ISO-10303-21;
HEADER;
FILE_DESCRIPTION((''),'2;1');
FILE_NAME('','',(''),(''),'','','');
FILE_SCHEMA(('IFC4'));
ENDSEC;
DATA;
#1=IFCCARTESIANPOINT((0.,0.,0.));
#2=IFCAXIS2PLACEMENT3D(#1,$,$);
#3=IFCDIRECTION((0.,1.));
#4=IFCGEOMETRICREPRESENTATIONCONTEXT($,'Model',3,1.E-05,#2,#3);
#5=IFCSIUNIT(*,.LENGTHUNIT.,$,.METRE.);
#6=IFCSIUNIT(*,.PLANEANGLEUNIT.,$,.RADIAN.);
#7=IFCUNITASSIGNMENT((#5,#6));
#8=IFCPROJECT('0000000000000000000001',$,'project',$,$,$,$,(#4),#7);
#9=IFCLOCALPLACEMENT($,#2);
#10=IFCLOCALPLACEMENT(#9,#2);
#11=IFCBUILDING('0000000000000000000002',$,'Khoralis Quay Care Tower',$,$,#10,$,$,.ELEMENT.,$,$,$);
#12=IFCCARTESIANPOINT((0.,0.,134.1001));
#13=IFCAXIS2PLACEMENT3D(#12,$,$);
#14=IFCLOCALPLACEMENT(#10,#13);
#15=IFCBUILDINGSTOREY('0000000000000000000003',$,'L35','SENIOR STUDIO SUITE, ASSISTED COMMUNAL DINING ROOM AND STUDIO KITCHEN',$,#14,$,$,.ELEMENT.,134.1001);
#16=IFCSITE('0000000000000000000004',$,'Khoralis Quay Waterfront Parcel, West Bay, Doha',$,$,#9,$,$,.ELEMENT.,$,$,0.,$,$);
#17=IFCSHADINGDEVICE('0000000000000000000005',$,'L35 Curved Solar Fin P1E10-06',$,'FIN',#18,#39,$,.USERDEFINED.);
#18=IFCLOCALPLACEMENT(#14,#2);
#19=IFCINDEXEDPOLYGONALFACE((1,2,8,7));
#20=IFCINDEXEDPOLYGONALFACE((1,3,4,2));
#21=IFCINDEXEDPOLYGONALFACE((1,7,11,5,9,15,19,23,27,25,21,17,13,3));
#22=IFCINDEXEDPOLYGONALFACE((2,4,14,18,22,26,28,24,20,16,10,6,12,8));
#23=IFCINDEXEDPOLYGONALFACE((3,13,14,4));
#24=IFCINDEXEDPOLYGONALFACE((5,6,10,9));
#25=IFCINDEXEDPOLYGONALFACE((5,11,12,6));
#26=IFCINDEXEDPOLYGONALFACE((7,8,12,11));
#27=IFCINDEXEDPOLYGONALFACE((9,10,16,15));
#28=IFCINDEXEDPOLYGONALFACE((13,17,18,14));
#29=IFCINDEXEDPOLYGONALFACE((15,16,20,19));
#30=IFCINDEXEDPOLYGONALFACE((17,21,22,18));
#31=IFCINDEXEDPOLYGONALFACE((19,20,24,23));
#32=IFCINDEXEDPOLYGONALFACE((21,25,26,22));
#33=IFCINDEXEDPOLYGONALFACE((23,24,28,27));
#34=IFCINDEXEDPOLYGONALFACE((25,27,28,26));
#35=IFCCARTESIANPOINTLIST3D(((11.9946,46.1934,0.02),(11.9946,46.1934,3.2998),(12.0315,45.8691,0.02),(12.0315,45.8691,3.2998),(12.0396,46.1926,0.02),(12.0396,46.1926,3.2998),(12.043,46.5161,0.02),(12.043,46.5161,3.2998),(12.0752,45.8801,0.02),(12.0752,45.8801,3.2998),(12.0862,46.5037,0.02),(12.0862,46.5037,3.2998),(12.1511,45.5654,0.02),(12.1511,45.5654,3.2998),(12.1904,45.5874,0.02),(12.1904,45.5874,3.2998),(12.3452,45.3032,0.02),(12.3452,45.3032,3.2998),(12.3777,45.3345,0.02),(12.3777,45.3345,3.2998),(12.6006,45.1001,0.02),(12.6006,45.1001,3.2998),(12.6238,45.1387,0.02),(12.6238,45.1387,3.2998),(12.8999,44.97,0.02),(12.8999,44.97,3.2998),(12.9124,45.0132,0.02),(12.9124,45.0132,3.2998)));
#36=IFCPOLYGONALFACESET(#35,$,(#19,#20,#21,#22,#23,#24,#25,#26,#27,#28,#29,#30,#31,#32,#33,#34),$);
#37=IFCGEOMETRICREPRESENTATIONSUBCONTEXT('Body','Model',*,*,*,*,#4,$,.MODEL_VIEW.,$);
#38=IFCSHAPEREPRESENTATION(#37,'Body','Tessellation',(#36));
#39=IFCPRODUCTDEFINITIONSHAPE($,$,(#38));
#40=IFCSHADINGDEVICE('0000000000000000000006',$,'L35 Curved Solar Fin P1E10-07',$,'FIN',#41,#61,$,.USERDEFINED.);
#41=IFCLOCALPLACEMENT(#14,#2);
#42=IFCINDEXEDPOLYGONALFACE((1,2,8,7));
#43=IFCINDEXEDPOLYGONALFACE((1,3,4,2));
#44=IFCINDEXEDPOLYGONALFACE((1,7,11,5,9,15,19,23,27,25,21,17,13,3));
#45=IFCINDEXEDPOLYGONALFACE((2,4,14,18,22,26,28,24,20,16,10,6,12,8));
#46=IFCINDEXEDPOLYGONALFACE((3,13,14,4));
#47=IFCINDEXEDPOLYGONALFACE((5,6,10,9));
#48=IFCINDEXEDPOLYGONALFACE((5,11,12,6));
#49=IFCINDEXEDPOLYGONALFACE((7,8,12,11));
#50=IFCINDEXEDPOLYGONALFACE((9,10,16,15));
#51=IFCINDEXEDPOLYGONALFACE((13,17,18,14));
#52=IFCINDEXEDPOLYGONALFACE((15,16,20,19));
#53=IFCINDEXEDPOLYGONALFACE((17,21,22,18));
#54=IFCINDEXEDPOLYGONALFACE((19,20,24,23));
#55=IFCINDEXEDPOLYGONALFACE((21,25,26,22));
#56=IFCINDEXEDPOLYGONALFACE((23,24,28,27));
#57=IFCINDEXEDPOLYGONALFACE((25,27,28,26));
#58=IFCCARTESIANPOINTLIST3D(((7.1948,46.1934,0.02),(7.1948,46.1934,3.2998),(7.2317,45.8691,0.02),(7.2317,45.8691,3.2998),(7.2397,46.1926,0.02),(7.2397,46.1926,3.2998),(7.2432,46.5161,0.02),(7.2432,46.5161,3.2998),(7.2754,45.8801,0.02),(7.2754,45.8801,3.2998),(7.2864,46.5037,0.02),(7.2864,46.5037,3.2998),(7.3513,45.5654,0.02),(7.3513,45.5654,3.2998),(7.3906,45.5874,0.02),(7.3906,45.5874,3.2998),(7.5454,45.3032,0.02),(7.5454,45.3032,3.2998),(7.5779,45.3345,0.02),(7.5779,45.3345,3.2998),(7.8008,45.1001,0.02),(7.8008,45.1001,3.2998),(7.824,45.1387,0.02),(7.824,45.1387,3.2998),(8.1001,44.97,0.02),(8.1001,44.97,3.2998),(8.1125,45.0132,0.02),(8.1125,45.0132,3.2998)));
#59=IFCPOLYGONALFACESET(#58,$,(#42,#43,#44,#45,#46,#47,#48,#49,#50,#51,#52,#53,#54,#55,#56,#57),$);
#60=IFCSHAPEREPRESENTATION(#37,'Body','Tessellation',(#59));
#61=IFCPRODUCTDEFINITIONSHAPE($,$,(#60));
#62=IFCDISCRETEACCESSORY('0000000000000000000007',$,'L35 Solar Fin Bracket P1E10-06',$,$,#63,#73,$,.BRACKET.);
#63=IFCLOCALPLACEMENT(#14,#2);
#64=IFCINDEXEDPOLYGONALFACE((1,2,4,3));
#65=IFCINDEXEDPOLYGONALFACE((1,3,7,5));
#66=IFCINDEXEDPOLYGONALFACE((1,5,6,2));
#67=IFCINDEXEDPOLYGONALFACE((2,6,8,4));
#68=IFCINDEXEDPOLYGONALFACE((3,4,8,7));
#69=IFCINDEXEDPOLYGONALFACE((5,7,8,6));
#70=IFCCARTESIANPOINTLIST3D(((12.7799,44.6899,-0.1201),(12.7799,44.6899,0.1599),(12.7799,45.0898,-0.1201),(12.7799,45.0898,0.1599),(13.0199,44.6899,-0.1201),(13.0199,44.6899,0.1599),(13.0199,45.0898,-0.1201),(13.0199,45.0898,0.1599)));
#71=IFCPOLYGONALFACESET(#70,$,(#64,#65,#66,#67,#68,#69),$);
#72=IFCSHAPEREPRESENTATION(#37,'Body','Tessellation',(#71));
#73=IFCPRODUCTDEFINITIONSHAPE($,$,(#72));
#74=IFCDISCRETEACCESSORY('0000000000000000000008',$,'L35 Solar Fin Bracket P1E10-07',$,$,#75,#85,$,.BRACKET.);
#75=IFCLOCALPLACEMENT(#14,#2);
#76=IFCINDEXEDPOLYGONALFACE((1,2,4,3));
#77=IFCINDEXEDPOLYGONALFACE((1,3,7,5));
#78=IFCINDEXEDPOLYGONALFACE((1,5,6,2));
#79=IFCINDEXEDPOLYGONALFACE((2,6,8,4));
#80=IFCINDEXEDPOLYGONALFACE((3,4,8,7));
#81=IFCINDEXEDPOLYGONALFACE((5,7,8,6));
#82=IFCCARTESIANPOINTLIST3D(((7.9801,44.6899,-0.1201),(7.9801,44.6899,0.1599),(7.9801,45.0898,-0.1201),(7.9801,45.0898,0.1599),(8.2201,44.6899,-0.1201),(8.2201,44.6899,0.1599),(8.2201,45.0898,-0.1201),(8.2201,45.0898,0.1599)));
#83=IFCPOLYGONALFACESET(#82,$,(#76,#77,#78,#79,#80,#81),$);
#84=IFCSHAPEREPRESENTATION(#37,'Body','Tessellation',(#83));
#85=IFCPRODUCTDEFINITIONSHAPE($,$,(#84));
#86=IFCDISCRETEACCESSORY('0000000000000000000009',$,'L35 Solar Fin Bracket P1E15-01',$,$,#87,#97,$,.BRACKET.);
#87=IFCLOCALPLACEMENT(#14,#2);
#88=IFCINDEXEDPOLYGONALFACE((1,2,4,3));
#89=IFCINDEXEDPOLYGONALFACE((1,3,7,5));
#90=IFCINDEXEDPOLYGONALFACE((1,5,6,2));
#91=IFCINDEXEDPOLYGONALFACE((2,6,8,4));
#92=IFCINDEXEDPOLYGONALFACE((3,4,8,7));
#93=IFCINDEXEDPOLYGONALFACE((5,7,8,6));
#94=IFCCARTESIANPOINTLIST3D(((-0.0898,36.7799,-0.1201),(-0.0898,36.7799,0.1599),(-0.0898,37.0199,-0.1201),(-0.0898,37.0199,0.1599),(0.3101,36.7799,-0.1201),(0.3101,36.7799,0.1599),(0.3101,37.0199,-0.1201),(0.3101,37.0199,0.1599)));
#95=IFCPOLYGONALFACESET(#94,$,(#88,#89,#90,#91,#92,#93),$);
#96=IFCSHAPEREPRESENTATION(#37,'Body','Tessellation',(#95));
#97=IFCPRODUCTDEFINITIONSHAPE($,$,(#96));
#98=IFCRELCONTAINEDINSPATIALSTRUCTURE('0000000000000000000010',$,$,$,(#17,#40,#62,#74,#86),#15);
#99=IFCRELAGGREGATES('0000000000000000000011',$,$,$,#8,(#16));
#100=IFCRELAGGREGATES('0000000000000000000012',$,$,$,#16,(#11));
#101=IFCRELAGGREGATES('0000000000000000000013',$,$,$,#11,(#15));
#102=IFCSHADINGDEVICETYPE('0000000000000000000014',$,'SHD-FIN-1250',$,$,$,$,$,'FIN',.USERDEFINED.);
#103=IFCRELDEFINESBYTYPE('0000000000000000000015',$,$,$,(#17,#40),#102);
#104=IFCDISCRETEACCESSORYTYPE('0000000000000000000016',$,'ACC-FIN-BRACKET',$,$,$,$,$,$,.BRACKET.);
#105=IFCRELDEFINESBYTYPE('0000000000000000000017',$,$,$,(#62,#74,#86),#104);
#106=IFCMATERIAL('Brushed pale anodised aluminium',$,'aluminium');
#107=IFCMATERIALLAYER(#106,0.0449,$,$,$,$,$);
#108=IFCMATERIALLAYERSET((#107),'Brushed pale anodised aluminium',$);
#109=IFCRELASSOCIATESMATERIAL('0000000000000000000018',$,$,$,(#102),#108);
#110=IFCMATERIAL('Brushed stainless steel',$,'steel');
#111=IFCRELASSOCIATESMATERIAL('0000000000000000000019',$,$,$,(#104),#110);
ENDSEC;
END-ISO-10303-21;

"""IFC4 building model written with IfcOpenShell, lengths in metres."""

from ifc_helpers import new_model, si_unit, direction, frame, origin, origin_2d, place, context, subcontext, project, spatial, polyline, rectangle, outline, extrude, source, transform, mapped, material, layer, layer_set, type_object, element, save


model = new_model("IFC4")

# Units and contexts
model_context = context("Model", 3, precision=1e-05, world=origin(), true_north=direction((0.0, 1.0)))
body_context = subcontext(model_context, "Body", "Model", "MODEL_VIEW")
ifc_project = project(units=[si_unit("LENGTHUNIT", "METRE"), si_unit("PLANEANGLEUNIT", "RADIAN")], contexts=[model_context])

# Site, building, storey
site_placement = place(None, origin())
site = spatial("IfcSite", under=ifc_project, at=site_placement, Name="Khoralis Quay Waterfront Parcel, West Bay, Doha", CompositionType="ELEMENT", RefElevation=0.0)
building_placement = place(site_placement, origin())
building = spatial("IfcBuilding", under=site, at=building_placement, Name="Khoralis Quay Care Tower", CompositionType="ELEMENT")
storey_placement = place(building_placement, frame((0.0, 0.0, 134.1001)))
storey = spatial("IfcBuildingStorey", under=building, at=storey_placement, Name="L35", Description="SENIOR STUDIO SUITE, ASSISTED COMMUNAL DINING ROOM AND STUDIO KITCHEN", CompositionType="ELEMENT", Elevation=134.1001)

# Shading devices
ifc_material_1 = material(Name="Brushed pale anodised aluminium", Category="aluminium")
ifc_layer_1 = layer(ifc_material_1, 0.0449)
ifc_layer_set_1 = layer_set([ifc_layer_1], Name="Brushed pale anodised aluminium")
shading_device_type = type_object("IfcShadingDeviceType", Name="SHD-FIN-1250", ElementType="FIN", PredefinedType="USERDEFINED", material=ifc_layer_set_1)
shared_shape_1 = source(origin(), body_context, "Body", "SweptSolid", [
    extrude(outline(polyline([(0.0, 0.0), (0.1301, 0.2993), (0.3333, 0.5547), (0.5955, 0.7488), (0.8992, 0.8684), (1.2234, 0.9053), (1.5461, 0.8569), (1.5337, 0.8137), (1.2227, 0.8604), (0.9102, 0.8247), (0.6174, 0.7095), (0.3645, 0.5222), (0.1687, 0.2761), (0.0432, -0.0125), (0.0, 0.0)])), origin(), (0.0, 0.0, 1.0), 3.2798),
])
for number, where, z_axis, x_axis, name in (
    (1, (12.8999, 44.97, 0.02), (0.0, 0.0, 1.0), (0.0, 1.0, 0.0), "L35 Curved Solar Fin P1E10-06"),
    (2, (8.1001, 44.97, 0.02), (0.0, 0.0, 1.0), (0.0, 1.0, 0.0), "L35 Curved Solar Fin P1E10-07"),
):
    element("IfcShadingDevice", number, at=place(storey_placement, frame(where, z_axis=z_axis, x_axis=x_axis)), inside=storey, type_object=shading_device_type, Name=name, ObjectType="FIN", PredefinedType="USERDEFINED", context=body_context, shape_type="MappedRepresentation", body=[
        mapped(shared_shape_1, transform((0.0, 0.0, 0.0), scale=1.0)),
    ])

# Discrete accessories
ifc_material_2 = material(Name="Brushed stainless steel", Category="steel")
discrete_accessory_type = type_object("IfcDiscreteAccessoryType", Name="ACC-FIN-BRACKET", PredefinedType="BRACKET", material=ifc_material_2)
shared_shape_2 = source(origin(), body_context, "Body", "SweptSolid", [
    extrude(rectangle(XDim=0.3999, YDim=0.24, at=origin_2d()), origin(), (0.0, 0.0, 1.0), 0.28),
])
for number, where, z_axis, x_axis, name in (
    (3, (12.8999, 44.8899, -0.1201), (0.0, 0.0, 1.0), (0.0, 1.0, 0.0), "L35 Solar Fin Bracket P1E10-06"),
    (4, (8.1001, 44.8899, -0.1201), (0.0, 0.0, 1.0), (0.0, 1.0, 0.0), "L35 Solar Fin Bracket P1E10-07"),
    (5, (0.1101, 36.8999, -0.1201), (0.0, 0.0, 1.0), (-1.0, 0.0, 0.0), "L35 Solar Fin Bracket P1E15-01"),
):
    element("IfcDiscreteAccessory", number, at=place(storey_placement, frame(where, z_axis=z_axis, x_axis=x_axis)), inside=storey, type_object=discrete_accessory_type, Name=name, PredefinedType="BRACKET", context=body_context, shape_type="MappedRepresentation", body=[
        mapped(shared_shape_2, transform((0.0, 0.0, 0.0), scale=1.0)),
    ])

save(model, "model.ifc")
